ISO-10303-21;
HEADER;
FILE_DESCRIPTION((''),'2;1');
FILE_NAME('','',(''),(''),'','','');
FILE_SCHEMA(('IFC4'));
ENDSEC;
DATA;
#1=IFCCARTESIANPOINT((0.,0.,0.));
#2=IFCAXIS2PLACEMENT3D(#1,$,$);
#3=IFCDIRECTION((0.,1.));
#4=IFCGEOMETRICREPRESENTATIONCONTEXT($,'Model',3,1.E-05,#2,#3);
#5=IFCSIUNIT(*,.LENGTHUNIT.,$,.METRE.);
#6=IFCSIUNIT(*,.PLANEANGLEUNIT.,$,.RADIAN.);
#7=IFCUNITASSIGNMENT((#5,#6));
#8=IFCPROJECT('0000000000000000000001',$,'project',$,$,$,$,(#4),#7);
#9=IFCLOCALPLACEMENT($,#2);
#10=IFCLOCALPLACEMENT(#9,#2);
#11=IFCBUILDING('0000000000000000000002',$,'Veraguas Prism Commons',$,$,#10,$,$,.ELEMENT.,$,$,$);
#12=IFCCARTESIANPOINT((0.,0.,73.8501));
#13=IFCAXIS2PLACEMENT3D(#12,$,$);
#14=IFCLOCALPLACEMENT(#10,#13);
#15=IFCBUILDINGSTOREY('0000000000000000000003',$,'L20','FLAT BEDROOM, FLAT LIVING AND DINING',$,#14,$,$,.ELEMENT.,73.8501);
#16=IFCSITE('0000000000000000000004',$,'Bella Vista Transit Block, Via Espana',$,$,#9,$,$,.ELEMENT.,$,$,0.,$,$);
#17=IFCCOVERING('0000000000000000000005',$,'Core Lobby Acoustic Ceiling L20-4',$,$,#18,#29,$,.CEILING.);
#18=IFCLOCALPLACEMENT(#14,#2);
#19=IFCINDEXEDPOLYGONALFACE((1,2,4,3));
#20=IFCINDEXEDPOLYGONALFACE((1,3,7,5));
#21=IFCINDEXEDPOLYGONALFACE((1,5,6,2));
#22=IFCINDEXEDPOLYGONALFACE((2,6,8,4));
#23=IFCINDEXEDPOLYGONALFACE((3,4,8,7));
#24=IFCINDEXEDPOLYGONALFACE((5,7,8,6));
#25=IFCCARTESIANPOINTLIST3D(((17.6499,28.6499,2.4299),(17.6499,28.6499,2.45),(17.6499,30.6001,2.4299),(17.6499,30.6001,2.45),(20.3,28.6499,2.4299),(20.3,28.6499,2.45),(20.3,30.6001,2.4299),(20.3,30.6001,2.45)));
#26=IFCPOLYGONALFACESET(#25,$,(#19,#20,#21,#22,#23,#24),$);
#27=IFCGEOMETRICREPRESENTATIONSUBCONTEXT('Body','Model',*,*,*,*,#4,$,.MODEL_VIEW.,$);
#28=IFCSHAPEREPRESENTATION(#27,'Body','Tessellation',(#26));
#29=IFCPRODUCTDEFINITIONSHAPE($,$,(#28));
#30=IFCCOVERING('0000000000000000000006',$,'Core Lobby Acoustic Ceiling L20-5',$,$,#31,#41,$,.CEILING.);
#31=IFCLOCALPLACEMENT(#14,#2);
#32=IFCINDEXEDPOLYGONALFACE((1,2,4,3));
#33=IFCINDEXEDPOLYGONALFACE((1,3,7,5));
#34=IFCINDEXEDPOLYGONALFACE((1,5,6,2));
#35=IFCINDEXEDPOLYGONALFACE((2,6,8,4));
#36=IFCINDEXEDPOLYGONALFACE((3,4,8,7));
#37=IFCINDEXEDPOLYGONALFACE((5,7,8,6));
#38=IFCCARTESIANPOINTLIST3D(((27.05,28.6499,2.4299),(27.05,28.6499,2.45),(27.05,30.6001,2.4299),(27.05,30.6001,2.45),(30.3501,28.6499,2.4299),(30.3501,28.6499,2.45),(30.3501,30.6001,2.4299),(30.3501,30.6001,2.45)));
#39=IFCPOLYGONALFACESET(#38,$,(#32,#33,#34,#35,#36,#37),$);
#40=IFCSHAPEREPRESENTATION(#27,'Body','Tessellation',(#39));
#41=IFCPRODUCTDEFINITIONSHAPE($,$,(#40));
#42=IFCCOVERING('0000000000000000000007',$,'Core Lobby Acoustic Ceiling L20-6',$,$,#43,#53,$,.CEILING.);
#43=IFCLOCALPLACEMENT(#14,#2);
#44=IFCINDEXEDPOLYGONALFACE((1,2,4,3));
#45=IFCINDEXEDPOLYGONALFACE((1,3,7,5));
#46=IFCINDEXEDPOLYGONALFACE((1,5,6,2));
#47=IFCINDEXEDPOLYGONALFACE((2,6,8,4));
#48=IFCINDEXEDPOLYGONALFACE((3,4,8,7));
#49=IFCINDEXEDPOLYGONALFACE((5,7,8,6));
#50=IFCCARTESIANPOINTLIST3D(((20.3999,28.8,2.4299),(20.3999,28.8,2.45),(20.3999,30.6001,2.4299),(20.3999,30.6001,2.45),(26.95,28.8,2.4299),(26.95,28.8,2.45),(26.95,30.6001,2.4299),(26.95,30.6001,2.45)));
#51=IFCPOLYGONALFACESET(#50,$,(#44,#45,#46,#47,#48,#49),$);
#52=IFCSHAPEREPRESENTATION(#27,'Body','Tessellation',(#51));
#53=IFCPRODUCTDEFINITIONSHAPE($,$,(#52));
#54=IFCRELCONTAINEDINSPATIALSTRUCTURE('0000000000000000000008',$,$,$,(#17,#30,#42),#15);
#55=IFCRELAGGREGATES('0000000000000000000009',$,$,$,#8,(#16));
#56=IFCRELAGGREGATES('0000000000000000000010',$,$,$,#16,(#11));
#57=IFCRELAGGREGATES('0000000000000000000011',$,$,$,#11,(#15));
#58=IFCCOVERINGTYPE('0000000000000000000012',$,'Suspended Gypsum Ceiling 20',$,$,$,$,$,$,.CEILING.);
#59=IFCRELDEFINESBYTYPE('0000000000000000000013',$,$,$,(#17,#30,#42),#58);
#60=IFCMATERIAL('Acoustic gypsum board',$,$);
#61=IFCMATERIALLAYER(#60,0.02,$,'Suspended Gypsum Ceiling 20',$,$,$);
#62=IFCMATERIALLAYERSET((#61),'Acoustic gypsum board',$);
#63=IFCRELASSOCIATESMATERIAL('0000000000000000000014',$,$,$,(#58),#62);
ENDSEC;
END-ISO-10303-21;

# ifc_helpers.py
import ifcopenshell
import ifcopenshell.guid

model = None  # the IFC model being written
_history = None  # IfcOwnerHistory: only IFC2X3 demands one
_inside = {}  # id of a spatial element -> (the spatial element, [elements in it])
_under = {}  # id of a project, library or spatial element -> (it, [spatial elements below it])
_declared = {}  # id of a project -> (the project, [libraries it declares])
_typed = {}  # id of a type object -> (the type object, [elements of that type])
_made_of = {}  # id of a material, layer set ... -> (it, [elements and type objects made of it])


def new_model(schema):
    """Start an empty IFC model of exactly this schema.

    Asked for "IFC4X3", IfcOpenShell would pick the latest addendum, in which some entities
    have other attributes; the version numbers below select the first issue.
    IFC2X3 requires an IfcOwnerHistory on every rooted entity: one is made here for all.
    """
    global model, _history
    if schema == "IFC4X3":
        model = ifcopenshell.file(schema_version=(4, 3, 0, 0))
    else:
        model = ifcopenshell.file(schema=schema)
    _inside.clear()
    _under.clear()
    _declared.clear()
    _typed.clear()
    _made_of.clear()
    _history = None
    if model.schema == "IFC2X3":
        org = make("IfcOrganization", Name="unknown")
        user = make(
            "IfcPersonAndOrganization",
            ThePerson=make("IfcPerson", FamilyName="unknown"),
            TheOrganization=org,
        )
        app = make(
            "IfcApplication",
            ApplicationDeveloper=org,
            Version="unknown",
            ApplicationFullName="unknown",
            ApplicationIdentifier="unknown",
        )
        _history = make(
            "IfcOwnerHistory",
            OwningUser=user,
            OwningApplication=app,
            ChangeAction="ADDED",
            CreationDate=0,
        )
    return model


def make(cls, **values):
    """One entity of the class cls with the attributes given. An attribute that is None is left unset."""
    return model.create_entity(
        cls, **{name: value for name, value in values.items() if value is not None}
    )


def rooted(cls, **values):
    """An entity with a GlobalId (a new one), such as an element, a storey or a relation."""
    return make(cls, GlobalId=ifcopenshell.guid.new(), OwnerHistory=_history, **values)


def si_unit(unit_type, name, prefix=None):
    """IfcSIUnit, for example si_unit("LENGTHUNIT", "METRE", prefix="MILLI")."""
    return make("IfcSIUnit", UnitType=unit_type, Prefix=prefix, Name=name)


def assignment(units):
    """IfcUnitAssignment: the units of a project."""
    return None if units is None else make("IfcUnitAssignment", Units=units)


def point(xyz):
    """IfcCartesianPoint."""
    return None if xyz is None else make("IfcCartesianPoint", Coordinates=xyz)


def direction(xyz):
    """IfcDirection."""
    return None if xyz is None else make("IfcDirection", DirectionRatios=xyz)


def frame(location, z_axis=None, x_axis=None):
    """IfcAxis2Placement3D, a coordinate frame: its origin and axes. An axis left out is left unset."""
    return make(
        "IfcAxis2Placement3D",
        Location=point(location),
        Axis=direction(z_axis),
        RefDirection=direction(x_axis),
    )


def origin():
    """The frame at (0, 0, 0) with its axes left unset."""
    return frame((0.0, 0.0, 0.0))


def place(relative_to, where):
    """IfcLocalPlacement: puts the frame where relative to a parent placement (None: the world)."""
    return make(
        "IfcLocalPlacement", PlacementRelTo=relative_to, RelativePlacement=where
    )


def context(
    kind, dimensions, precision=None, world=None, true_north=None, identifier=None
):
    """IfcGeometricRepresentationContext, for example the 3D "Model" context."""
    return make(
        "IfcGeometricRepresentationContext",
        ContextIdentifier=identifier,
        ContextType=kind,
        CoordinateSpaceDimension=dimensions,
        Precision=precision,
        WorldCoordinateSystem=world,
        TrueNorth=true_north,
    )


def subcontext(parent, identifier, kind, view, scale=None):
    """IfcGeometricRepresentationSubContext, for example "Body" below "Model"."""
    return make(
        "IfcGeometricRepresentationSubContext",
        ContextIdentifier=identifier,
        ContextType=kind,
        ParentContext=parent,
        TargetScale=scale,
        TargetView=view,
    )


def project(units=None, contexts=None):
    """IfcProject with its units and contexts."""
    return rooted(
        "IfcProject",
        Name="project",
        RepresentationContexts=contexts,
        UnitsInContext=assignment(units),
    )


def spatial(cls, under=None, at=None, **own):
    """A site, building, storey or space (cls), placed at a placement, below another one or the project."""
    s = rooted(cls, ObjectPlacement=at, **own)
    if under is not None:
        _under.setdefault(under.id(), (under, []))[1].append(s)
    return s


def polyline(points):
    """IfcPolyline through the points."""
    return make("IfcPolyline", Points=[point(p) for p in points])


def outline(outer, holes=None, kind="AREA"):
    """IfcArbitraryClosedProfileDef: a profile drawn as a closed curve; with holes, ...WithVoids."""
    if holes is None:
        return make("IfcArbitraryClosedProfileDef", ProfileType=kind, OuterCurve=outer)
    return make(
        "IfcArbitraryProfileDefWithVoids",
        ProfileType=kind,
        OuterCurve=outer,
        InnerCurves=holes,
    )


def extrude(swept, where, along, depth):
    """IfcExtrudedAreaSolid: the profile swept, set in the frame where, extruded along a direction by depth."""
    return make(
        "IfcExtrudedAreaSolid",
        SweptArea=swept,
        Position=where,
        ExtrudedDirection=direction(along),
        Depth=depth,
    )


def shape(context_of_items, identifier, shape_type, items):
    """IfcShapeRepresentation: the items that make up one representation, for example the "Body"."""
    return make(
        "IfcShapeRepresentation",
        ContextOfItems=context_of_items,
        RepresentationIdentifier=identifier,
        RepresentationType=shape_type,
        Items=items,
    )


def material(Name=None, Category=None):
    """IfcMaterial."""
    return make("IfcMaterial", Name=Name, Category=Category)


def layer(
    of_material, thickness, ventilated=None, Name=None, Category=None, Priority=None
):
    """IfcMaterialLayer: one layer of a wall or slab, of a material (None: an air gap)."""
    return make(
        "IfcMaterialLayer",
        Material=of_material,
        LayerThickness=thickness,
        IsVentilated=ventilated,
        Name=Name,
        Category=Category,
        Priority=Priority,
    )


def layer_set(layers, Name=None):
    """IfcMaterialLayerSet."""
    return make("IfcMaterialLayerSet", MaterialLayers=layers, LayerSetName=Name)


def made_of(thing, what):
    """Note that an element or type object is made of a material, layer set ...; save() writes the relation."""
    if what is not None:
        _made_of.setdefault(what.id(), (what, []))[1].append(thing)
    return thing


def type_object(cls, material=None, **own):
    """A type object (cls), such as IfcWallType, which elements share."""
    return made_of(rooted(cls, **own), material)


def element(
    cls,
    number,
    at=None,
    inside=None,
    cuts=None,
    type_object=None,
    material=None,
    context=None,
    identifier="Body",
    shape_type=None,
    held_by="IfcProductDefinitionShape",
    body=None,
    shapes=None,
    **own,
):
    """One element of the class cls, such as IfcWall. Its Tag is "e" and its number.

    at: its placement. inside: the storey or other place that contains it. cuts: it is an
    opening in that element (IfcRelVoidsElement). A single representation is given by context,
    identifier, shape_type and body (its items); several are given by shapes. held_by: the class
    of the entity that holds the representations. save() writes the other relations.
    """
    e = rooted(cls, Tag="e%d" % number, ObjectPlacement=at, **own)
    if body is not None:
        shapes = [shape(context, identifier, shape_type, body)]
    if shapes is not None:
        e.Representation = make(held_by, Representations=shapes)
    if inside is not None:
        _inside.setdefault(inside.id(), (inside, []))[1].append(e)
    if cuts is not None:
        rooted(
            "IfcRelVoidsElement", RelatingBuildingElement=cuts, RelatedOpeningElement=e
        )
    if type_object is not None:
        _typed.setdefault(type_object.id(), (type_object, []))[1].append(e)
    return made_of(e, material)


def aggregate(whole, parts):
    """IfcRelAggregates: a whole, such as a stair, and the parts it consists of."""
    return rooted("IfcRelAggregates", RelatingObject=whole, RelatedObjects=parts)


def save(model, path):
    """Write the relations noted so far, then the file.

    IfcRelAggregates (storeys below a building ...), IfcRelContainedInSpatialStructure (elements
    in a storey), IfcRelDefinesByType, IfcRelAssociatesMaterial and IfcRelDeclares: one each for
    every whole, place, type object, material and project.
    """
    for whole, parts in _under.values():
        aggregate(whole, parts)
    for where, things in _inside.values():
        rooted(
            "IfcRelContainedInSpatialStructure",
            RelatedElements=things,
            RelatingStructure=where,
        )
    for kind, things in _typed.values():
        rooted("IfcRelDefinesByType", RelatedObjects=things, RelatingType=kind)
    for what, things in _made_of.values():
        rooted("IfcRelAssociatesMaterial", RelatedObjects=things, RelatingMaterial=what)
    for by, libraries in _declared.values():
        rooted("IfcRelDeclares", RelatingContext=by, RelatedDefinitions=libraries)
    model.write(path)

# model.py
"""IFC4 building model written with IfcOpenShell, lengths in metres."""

from ifc_helpers import new_model, si_unit, direction, frame, origin, place, context, subcontext, project, spatial, polyline, outline, extrude, material, layer, layer_set, type_object, element, save


model = new_model("IFC4")

# Units and contexts
model_context = context("Model", 3, precision=1e-05, world=origin(), true_north=direction((0.0, 1.0)))
body_context = subcontext(model_context, "Body", "Model", "MODEL_VIEW")
ifc_project = project(units=[si_unit("LENGTHUNIT", "METRE"), si_unit("PLANEANGLEUNIT", "RADIAN")], contexts=[model_context])

# Site, building, storey
site_placement = place(None, origin())
site = spatial("IfcSite", under=ifc_project, at=site_placement, Name="Bella Vista Transit Block, Via Espana", CompositionType="ELEMENT", RefElevation=0.0)
building_placement = place(site_placement, origin())
building = spatial("IfcBuilding", under=site, at=building_placement, Name="Veraguas Prism Commons", CompositionType="ELEMENT")
storey_placement = place(building_placement, frame((0.0, 0.0, 73.8501)))
storey = spatial("IfcBuildingStorey", under=building, at=storey_placement, Name="L20", Description="FLAT BEDROOM, FLAT LIVING AND DINING", CompositionType="ELEMENT", Elevation=73.8501)

# Coverings
ifc_material_1 = material(Name="Acoustic gypsum board")
ifc_layer_1 = layer(ifc_material_1, 0.02, Name="Suspended Gypsum Ceiling 20")
ifc_layer_set_1 = layer_set([ifc_layer_1], Name="Acoustic gypsum board")
covering_type_1 = type_object("IfcCoveringType", Name="Suspended Gypsum Ceiling 20", PredefinedType="CEILING", material=ifc_layer_set_1)
covering_1_placement = place(storey_placement, frame((0.0, 0.0, 2.4299)))
element("IfcCovering", 1, at=covering_1_placement, inside=storey, type_object=covering_type_1, Name="Core Lobby Acoustic Ceiling L20-4", PredefinedType="CEILING", context=body_context, shape_type="SweptSolid", body=[
    extrude(outline(polyline([(17.6499, 28.6499), (20.3, 28.6499), (20.3, 30.6001), (17.6499, 30.6001), (17.6499, 28.6499)])), origin(), (0.0, 0.0, 1.0), 0.02),
])
covering_2_placement = place(storey_placement, frame((0.0, 0.0, 2.4299)))
element("IfcCovering", 2, at=covering_2_placement, inside=storey, type_object=covering_type_1, Name="Core Lobby Acoustic Ceiling L20-5", PredefinedType="CEILING", context=body_context, shape_type="SweptSolid", body=[
    extrude(outline(polyline([(27.05, 28.6499), (30.3501, 28.6499), (30.3501, 30.6001), (27.05, 30.6001), (27.05, 28.6499)])), origin(), (0.0, 0.0, 1.0), 0.02),
])
covering_3_placement = place(storey_placement, frame((0.0, 0.0, 2.4299)))
element("IfcCovering", 3, at=covering_3_placement, inside=storey, type_object=covering_type_1, Name="Core Lobby Acoustic Ceiling L20-6", PredefinedType="CEILING", context=body_context, shape_type="SweptSolid", body=[
    extrude(outline(polyline([(20.3999, 28.8), (26.95, 28.8), (26.95, 30.6001), (20.3999, 30.6001), (20.3999, 28.8)])), origin(), (0.0, 0.0, 1.0), 0.02),
])

save(model, "model.ifc")
